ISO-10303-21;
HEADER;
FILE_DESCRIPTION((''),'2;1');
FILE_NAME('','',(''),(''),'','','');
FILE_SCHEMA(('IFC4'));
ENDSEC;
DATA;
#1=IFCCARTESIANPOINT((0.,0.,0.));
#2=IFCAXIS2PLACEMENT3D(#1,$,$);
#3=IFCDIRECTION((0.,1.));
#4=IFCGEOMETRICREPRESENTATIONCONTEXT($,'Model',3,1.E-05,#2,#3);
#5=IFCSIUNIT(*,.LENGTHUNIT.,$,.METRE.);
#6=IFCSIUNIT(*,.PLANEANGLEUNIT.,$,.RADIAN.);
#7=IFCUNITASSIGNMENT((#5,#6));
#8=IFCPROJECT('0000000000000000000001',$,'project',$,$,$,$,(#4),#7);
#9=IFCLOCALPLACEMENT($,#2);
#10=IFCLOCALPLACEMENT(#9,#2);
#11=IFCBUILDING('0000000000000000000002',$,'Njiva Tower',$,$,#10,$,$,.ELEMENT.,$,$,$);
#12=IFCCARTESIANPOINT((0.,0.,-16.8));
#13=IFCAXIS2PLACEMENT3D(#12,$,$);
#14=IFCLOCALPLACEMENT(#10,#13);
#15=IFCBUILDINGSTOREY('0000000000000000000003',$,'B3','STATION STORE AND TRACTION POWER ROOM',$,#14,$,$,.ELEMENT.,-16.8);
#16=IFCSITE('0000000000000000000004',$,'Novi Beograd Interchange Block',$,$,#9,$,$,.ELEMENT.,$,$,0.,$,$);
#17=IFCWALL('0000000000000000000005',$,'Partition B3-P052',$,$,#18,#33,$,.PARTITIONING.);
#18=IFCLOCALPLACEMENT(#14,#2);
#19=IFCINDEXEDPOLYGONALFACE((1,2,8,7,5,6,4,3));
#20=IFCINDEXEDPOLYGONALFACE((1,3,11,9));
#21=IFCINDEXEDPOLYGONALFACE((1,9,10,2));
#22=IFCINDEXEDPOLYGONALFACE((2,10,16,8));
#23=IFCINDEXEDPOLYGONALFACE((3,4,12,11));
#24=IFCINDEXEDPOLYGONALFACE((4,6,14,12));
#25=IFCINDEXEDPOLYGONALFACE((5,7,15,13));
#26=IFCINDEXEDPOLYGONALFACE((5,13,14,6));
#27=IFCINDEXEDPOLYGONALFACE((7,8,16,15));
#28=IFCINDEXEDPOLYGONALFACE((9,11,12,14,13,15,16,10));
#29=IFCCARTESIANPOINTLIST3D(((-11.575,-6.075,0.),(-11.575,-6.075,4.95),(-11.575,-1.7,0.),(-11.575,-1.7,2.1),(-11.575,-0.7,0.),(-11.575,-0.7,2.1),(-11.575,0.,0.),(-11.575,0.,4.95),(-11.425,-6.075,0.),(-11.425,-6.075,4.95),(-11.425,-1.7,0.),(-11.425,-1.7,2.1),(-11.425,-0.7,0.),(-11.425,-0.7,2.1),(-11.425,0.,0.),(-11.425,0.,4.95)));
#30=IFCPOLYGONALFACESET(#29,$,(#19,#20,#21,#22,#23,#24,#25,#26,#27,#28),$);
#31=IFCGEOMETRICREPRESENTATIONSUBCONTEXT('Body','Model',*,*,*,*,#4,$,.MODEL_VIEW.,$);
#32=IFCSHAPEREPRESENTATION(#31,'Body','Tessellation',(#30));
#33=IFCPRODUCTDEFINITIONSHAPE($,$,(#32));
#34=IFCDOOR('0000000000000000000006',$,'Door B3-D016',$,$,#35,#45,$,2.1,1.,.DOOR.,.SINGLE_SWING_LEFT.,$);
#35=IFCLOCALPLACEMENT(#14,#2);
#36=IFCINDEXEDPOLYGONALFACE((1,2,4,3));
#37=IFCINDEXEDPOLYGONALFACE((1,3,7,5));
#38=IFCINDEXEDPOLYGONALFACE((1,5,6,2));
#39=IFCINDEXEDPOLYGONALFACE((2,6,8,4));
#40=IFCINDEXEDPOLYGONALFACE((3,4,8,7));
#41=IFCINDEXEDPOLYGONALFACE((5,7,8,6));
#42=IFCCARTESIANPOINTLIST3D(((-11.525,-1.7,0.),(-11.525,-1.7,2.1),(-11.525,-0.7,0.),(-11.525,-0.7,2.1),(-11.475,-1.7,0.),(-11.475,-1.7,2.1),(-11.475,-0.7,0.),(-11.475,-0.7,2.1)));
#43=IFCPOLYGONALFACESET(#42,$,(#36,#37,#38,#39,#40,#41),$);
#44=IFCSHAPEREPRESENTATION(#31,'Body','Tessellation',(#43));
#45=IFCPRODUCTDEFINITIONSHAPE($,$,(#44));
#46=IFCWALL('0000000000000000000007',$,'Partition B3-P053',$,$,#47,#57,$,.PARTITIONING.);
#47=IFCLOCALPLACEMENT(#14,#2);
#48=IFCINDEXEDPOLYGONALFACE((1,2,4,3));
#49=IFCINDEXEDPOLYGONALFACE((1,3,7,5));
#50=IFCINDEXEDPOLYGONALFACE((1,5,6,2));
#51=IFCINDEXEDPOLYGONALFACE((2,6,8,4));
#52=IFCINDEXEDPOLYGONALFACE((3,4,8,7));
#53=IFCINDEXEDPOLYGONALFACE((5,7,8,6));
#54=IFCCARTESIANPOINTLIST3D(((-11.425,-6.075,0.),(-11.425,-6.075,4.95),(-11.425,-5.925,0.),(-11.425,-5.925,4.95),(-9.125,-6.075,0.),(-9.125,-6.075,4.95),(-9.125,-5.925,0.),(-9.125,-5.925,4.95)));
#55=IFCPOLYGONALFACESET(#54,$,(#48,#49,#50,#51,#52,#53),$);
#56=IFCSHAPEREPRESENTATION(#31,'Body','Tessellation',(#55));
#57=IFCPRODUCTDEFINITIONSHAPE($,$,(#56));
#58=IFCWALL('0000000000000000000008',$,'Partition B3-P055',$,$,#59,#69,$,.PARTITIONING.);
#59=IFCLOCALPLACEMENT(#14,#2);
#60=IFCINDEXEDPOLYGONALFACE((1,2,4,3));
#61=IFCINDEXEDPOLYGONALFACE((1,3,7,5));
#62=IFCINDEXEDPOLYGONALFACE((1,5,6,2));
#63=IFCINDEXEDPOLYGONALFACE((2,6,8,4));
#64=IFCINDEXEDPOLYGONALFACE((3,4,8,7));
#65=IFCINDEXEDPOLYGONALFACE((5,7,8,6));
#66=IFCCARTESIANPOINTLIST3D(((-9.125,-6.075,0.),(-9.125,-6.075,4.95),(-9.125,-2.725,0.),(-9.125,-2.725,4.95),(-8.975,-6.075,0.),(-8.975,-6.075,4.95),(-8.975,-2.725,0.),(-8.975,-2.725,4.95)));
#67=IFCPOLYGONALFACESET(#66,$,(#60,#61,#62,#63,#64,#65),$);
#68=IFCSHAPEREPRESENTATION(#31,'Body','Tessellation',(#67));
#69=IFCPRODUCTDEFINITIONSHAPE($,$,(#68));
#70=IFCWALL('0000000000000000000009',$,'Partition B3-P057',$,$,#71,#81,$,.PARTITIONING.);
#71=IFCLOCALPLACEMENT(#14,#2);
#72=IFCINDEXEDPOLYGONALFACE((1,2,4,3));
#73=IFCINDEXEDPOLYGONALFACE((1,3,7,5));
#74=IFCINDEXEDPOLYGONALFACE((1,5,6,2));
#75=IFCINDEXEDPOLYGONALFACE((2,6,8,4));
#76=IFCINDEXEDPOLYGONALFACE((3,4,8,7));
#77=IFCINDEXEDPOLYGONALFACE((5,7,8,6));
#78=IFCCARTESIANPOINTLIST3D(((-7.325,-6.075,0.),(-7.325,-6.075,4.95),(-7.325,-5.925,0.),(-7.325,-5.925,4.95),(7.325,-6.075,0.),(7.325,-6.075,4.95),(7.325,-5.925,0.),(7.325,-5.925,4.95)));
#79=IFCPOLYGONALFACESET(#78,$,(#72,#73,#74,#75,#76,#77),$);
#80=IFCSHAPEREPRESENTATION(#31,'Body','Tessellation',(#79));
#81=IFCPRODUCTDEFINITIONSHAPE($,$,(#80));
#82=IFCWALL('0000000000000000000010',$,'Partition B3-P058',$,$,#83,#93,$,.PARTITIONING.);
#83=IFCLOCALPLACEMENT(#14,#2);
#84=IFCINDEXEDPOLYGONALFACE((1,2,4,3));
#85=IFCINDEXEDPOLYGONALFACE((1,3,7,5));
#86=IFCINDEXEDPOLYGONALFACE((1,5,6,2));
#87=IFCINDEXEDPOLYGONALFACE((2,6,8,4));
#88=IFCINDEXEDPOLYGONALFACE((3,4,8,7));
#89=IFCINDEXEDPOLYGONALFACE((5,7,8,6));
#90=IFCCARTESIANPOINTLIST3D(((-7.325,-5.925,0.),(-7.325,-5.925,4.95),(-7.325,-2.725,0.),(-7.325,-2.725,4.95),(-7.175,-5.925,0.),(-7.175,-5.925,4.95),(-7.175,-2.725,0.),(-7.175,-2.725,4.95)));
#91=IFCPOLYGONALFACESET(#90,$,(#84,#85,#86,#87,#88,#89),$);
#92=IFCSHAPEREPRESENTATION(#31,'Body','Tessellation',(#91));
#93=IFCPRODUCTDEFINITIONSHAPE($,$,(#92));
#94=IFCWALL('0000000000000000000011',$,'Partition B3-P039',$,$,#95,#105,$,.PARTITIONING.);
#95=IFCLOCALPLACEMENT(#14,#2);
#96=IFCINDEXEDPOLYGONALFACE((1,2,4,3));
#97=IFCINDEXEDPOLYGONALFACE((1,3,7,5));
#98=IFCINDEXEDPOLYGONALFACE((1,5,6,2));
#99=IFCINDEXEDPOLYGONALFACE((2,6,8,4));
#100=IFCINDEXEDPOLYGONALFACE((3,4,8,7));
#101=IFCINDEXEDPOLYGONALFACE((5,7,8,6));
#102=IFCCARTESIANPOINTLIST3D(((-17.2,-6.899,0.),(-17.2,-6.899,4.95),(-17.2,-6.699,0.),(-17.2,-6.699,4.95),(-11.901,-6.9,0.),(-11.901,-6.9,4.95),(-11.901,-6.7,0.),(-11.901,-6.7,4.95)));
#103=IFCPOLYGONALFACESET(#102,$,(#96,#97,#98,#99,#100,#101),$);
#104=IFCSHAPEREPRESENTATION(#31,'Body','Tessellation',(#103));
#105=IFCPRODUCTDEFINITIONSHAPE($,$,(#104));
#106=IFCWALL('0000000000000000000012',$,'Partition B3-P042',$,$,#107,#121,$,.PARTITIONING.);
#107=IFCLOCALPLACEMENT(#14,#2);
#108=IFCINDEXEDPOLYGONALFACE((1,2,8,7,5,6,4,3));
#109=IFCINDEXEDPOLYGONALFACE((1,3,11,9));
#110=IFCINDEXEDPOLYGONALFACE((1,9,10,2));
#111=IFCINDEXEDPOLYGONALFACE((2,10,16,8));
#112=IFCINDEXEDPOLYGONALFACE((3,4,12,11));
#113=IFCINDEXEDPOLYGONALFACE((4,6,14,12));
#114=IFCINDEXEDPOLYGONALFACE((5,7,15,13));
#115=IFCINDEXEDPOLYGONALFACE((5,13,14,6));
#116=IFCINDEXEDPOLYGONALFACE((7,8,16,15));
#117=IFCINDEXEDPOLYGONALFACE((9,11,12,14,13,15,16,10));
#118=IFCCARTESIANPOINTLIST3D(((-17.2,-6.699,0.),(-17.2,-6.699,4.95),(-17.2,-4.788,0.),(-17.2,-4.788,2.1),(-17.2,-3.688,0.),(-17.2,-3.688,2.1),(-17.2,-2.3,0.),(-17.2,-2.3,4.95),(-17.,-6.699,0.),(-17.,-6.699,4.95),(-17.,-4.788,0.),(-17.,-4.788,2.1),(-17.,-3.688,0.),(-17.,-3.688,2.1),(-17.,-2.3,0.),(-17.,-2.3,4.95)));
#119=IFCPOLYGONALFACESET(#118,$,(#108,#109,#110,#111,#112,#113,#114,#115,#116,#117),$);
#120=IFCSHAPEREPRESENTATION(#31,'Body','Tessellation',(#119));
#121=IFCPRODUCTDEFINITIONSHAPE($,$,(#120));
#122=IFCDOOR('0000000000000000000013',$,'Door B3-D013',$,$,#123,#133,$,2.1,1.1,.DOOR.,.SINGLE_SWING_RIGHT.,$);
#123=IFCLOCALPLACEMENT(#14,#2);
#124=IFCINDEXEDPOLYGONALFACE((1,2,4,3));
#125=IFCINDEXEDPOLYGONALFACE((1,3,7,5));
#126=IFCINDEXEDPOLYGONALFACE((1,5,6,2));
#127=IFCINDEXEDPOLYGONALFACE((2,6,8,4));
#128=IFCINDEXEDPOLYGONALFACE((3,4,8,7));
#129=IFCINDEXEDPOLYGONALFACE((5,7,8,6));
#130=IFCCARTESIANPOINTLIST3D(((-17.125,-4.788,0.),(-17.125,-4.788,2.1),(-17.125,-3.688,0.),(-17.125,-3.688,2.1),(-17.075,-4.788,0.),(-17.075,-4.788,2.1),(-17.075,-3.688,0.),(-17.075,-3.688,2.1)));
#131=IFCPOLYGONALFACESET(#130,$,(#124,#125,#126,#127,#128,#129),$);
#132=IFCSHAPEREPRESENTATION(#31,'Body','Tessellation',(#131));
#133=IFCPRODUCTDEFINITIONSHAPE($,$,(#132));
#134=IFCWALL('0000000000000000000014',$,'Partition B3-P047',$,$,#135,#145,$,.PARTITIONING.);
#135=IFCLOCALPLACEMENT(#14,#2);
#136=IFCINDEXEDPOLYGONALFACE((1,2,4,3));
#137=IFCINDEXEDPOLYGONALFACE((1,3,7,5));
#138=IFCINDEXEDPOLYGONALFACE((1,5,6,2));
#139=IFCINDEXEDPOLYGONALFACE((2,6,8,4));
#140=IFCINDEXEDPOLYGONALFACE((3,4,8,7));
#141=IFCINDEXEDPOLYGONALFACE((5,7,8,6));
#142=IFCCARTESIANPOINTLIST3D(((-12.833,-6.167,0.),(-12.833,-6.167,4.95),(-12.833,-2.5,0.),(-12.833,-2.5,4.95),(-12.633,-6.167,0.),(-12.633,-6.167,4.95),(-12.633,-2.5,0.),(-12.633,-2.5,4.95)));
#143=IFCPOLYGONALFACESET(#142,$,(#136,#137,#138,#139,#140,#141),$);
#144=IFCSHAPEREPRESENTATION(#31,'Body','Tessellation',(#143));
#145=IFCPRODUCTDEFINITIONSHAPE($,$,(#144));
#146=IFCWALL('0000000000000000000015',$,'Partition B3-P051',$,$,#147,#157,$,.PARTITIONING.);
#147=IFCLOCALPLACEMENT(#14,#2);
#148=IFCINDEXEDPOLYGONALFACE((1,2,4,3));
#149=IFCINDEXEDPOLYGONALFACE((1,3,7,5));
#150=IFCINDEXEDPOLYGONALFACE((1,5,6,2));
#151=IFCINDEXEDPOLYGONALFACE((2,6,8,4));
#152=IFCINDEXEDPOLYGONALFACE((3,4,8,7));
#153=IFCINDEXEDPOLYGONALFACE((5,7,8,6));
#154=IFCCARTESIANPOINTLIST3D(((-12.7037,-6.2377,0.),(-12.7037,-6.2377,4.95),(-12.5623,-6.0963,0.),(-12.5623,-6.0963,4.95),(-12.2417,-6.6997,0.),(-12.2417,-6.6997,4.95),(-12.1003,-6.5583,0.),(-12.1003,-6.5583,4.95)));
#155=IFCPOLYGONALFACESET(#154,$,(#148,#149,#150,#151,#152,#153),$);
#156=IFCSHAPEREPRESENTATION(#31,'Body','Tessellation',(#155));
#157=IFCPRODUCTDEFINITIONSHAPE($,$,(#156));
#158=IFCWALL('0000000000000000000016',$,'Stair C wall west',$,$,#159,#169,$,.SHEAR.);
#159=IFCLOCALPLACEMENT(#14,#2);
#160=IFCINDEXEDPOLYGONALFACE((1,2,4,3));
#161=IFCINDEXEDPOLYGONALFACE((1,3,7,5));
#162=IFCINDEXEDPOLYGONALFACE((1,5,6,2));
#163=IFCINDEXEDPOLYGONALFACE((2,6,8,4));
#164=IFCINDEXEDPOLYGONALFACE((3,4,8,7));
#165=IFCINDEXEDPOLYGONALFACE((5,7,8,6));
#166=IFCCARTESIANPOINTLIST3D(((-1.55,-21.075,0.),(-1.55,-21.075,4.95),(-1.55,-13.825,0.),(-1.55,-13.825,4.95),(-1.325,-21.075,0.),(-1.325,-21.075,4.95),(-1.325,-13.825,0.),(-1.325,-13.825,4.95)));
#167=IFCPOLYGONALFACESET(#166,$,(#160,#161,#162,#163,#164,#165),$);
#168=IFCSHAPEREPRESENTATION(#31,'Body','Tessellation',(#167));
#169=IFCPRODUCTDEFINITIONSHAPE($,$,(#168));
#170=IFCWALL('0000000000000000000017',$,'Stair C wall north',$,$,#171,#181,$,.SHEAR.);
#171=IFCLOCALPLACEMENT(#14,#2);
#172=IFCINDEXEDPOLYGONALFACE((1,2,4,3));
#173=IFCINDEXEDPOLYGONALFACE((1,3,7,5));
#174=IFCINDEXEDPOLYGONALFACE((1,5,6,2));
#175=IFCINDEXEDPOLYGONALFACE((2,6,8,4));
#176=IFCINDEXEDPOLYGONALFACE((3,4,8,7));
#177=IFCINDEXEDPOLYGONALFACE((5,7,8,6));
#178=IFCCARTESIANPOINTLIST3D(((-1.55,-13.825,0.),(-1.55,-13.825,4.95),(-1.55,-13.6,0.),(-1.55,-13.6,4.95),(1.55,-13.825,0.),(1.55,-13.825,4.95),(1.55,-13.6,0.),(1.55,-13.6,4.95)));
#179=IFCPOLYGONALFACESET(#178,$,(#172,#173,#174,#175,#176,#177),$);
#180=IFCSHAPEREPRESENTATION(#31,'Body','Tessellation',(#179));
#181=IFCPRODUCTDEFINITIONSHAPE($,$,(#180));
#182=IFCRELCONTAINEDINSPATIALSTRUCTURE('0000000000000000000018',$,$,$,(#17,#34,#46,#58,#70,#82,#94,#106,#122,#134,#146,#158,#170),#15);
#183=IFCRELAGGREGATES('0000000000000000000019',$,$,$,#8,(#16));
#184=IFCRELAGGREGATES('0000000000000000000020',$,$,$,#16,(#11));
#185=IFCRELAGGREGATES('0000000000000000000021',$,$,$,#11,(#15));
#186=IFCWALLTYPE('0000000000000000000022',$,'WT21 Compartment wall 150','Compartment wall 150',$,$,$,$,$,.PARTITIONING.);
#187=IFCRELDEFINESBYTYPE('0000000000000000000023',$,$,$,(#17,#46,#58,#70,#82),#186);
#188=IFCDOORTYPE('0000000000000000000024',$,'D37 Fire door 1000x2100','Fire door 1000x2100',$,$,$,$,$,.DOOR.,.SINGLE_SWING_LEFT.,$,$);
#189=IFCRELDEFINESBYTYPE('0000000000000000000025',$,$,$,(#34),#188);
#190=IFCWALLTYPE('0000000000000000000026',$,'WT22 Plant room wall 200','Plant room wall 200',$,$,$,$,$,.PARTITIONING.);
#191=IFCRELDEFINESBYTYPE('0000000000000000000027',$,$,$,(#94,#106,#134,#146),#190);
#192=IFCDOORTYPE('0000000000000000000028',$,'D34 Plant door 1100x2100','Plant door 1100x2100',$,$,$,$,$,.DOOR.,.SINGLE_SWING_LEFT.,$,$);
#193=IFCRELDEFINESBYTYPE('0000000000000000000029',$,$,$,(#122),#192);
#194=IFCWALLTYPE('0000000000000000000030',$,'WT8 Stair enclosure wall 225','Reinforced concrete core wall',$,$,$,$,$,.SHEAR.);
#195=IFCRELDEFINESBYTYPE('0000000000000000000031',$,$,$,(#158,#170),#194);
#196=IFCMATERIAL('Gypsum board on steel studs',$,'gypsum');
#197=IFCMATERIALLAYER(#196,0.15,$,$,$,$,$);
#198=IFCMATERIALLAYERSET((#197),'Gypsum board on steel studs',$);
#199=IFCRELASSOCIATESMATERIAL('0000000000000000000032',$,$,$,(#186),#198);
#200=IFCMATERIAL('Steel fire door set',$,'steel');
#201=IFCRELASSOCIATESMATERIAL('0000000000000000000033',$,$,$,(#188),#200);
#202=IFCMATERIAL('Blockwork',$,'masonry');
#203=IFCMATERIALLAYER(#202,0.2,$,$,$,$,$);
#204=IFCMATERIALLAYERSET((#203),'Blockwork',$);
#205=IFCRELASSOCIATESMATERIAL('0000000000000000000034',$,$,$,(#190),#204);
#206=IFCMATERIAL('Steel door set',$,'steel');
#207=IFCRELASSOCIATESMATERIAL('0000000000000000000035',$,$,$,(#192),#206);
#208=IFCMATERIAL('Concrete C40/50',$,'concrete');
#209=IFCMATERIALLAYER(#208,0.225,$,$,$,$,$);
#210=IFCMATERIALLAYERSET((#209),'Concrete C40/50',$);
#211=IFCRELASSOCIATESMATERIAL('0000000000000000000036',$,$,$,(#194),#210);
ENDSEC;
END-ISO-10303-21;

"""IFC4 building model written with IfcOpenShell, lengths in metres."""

from ifc_helpers import new_model, si_unit, direction, frame, frame_2d, origin, place, context, subcontext, project, spatial, rectangle, extrude, material, layer, layer_set, type_object, element, fill, save


model = new_model("IFC4")

# Units and contexts
model_context = context("Model", 3, precision=1e-05, world=origin(), true_north=direction((0.0, 1.0)))
body_context = subcontext(model_context, "Body", "Model", "MODEL_VIEW")
ifc_project = project(units=[si_unit("LENGTHUNIT", "METRE"), si_unit("PLANEANGLEUNIT", "RADIAN")], contexts=[model_context])

# Site, building, storey
site_placement = place(None, origin())
site = spatial("IfcSite", under=ifc_project, at=site_placement, Name="Novi Beograd Interchange Block", CompositionType="ELEMENT", RefElevation=0.0)
building_placement = place(site_placement, origin())
building = spatial("IfcBuilding", under=site, at=building_placement, Name="Njiva Tower", CompositionType="ELEMENT")
storey_placement = place(building_placement, frame((0.0, 0.0, -16.8)))
storey = spatial("IfcBuildingStorey", under=building, at=storey_placement, Name="B3", Description="STATION STORE AND TRACTION POWER ROOM", CompositionType="ELEMENT", Elevation=-16.8)

# Wall, opening, door
ifc_material_1 = material(Name="Gypsum board on steel studs", Category="gypsum")
ifc_layer_1 = layer(ifc_material_1, 0.15)
ifc_layer_set_1 = layer_set([ifc_layer_1], Name="Gypsum board on steel studs")
wall_type_1 = type_object("IfcWallType", Name="WT21 Compartment wall 150", Description="Compartment wall 150", PredefinedType="PARTITIONING", material=ifc_layer_set_1)
wall_1_placement = place(storey_placement, frame((-11.5, -6.075, 0.0), z_axis=(0.0, 0.0, 1.0), x_axis=(0.0, 1.0, 0.0)))
wall_1 = element("IfcWall", 1, at=wall_1_placement, inside=storey, type_object=wall_type_1, Name="Partition B3-P052", PredefinedType="PARTITIONING", context=body_context, shape_type="SweptSolid", body=[
    extrude(rectangle(XDim=6.075, YDim=0.15, at=frame_2d((3.0375, 0.0))), origin(), (0.0, 0.0, 1.0), 4.95),
])
opening_1_placement = place(wall_1_placement, frame((4.375, 0.0, 0.0)))
opening_1 = element("IfcOpeningElement", 2, at=opening_1_placement, cuts=wall_1, PredefinedType="OPENING", context=body_context, shape_type="SweptSolid", body=[
    extrude(rectangle(XDim=1.0, YDim=2.1, at=frame_2d((0.5, 1.05))), frame((0.0, 0.085, 0.0), z_axis=(0.0, -1.0, 0.0), x_axis=(1.0, 0.0, 0.0)), (0.0, 0.0, 1.0), 0.17),
])
ifc_material_2 = material(Name="Steel fire door set", Category="steel")
door_type_1 = type_object("IfcDoorType", Name="D37 Fire door 1000x2100", Description="Fire door 1000x2100", OperationType="SINGLE_SWING_LEFT", PredefinedType="DOOR", material=ifc_material_2)
door_1_placement = place(opening_1_placement, origin())
door_1 = element("IfcDoor", 3, at=door_1_placement, inside=storey, type_object=door_type_1, Name="Door B3-D016", OperationType="SINGLE_SWING_LEFT", OverallHeight=2.1, OverallWidth=1.0, PredefinedType="DOOR", context=body_context, shape_type="SweptSolid", body=[
    extrude(rectangle(XDim=1.0, YDim=2.1, at=frame_2d((0.5, 1.05))), frame((0.0, 0.025, 0.0), z_axis=(0.0, -1.0, 0.0), x_axis=(1.0, 0.0, 0.0)), (0.0, 0.0, 1.0), 0.05),
])
fill(opening_1, door_1)

# Walls
wall_2_placement = place(storey_placement, frame((-11.425, -6.0, 0.0), z_axis=(0.0, 0.0, 1.0), x_axis=(1.0, 0.0, 0.0)))
element("IfcWall", 4, at=wall_2_placement, inside=storey, type_object=wall_type_1, Name="Partition B3-P053", PredefinedType="PARTITIONING", context=body_context, shape_type="SweptSolid", body=[
    extrude(rectangle(XDim=2.3, YDim=0.15, at=frame_2d((1.15, 0.0))), origin(), (0.0, 0.0, 1.0), 4.95),
])
wall_3_placement = place(storey_placement, frame((-9.05, -6.075, 0.0), z_axis=(0.0, 0.0, 1.0), x_axis=(0.0, 1.0, 0.0)))
element("IfcWall", 5, at=wall_3_placement, inside=storey, type_object=wall_type_1, Name="Partition B3-P055", PredefinedType="PARTITIONING", context=body_context, shape_type="SweptSolid", body=[
    extrude(rectangle(XDim=3.35, YDim=0.15, at=frame_2d((1.675, 0.0))), origin(), (0.0, 0.0, 1.0), 4.95),
])
wall_4_placement = place(storey_placement, frame((-7.325, -6.0, 0.0), z_axis=(0.0, 0.0, 1.0), x_axis=(1.0, 0.0, 0.0)))
element("IfcWall", 6, at=wall_4_placement, inside=storey, type_object=wall_type_1, Name="Partition B3-P057", PredefinedType="PARTITIONING", context=body_context, shape_type="SweptSolid", body=[
    extrude(rectangle(XDim=14.65, YDim=0.15, at=frame_2d((7.325, 0.0))), origin(), (0.0, 0.0, 1.0), 4.95),
])
wall_5_placement = place(storey_placement, frame((-7.25, -5.925, 0.0), z_axis=(0.0, 0.0, 1.0), x_axis=(0.0, 1.0, 0.0)))
element("IfcWall", 7, at=wall_5_placement, inside=storey, type_object=wall_type_1, Name="Partition B3-P058", PredefinedType="PARTITIONING", context=body_context, shape_type="SweptSolid", body=[
    extrude(rectangle(XDim=3.2, YDim=0.15, at=frame_2d((1.6, 0.0))), origin(), (0.0, 0.0, 1.0), 4.95),
])
ifc_material_3 = material(Name="Blockwork", Category="masonry")
ifc_layer_2 = layer(ifc_material_3, 0.2)
ifc_layer_set_2 = layer_set([ifc_layer_2], Name="Blockwork")
wall_type_2 = type_object("IfcWallType", Name="WT22 Plant room wall 200", Description="Plant room wall 200", PredefinedType="PARTITIONING", material=ifc_layer_set_2)
wall_6_placement = place(storey_placement, frame((-17.2, -6.799, 0.0), z_axis=(0.0, 0.0, 1.0), x_axis=(1.0, -0.000189, 0.0)))
element("IfcWall", 8, at=wall_6_placement, inside=storey, type_object=wall_type_2, Name="Partition B3-P039", PredefinedType="PARTITIONING", context=body_context, shape_type="SweptSolid", body=[
    extrude(rectangle(XDim=5.299, YDim=0.2, at=frame_2d((2.6495, 0.0))), origin(), (0.0, 0.0, 1.0), 4.95),
])

# Wall, opening, door
wall_7_placement = place(storey_placement, frame((-17.1, -6.699, 0.0), z_axis=(0.0, 0.0, 1.0), x_axis=(0.0, 1.0, 0.0)))
wall_7 = element("IfcWall", 9, at=wall_7_placement, inside=storey, type_object=wall_type_2, Name="Partition B3-P042", PredefinedType="PARTITIONING", context=body_context, shape_type="SweptSolid", body=[
    extrude(rectangle(XDim=4.399, YDim=0.2, at=frame_2d((2.1995, 0.0))), origin(), (0.0, 0.0, 1.0), 4.95),
])
opening_2_placement = place(wall_7_placement, frame((1.911, 0.0, 0.0)))
opening_2 = element("IfcOpeningElement", 10, at=opening_2_placement, cuts=wall_7, PredefinedType="OPENING", context=body_context, shape_type="SweptSolid", body=[
    extrude(rectangle(XDim=1.1, YDim=2.1, at=frame_2d((0.55, 1.05))), frame((0.0, 0.11, 0.0), z_axis=(0.0, -1.0, 0.0), x_axis=(1.0, 0.0, 0.0)), (0.0, 0.0, 1.0), 0.22),
])
ifc_material_4 = material(Name="Steel door set", Category="steel")
door_type_2 = type_object("IfcDoorType", Name="D34 Plant door 1100x2100", Description="Plant door 1100x2100", OperationType="SINGLE_SWING_LEFT", PredefinedType="DOOR", material=ifc_material_4)
door_2_placement = place(opening_2_placement, origin())
door_2 = element("IfcDoor", 11, at=door_2_placement, inside=storey, type_object=door_type_2, Name="Door B3-D013", OperationType="SINGLE_SWING_RIGHT", OverallHeight=2.1, OverallWidth=1.1, PredefinedType="DOOR", context=body_context, shape_type="SweptSolid", body=[
    extrude(rectangle(XDim=1.1, YDim=2.1, at=frame_2d((0.55, 1.05))), frame((0.0, 0.025, 0.0), z_axis=(0.0, -1.0, 0.0), x_axis=(1.0, 0.0, 0.0)), (0.0, 0.0, 1.0), 0.05),
])
fill(opening_2, door_2)

# Walls
wall_8_placement = place(storey_placement, frame((-12.733, -6.167, 0.0), z_axis=(0.0, 0.0, 1.0), x_axis=(0.0, 1.0, 0.0)))
element("IfcWall", 12, at=wall_8_placement, inside=storey, type_object=wall_type_2, Name="Partition B3-P047", PredefinedType="PARTITIONING", context=body_context, shape_type="SweptSolid", body=[
    extrude(rectangle(XDim=3.667, YDim=0.2, at=frame_2d((1.8335, 0.0))), origin(), (0.0, 0.0, 1.0), 4.95),
])
wall_9_placement = place(storey_placement, frame((-12.633, -6.167, 0.0), z_axis=(0.0, 0.0, 1.0), x_axis=(0.707107, -0.707107, 0.0)))
element("IfcWall", 13, at=wall_9_placement, inside=storey, type_object=wall_type_2, Name="Partition B3-P051", PredefinedType="PARTITIONING", context=body_context, shape_type="SweptSolid", body=[
    extrude(rectangle(XDim=0.6534, YDim=0.2, at=frame_2d((0.3267, 0.0))), origin(), (0.0, 0.0, 1.0), 4.95),
])
ifc_material_5 = material(Name="Concrete C40/50", Category="concrete")
ifc_layer_3 = layer(ifc_material_5, 0.225)
ifc_layer_set_3 = layer_set([ifc_layer_3], Name="Concrete C40/50")
wall_type_3 = type_object("IfcWallType", Name="WT8 Stair enclosure wall 225", Description="Reinforced concrete core wall", PredefinedType="SHEAR", material=ifc_layer_set_3)
wall_10_placement = place(storey_placement, frame((-1.4375, -21.075, 0.0), z_axis=(0.0, 0.0, 1.0), x_axis=(0.0, 1.0, 0.0)))
element("IfcWall", 14, at=wall_10_placement, inside=storey, type_object=wall_type_3, Name="Stair C wall west", PredefinedType="SHEAR", context=body_context, shape_type="SweptSolid", body=[
    extrude(rectangle(XDim=7.25, YDim=0.225, at=frame_2d((3.625, 0.0))), origin(), (0.0, 0.0, 1.0), 4.95),
])
wall_11_placement = place(storey_placement, frame((-1.55, -13.7125, 0.0), z_axis=(0.0, 0.0, 1.0), x_axis=(1.0, 0.0, 0.0)))
element("IfcWall", 15, at=wall_11_placement, inside=storey, type_object=wall_type_3, Name="Stair C wall north", PredefinedType="SHEAR", context=body_context, shape_type="SweptSolid", body=[
    extrude(rectangle(XDim=3.1, YDim=0.225, at=frame_2d((1.55, 0.0))), origin(), (0.0, 0.0, 1.0), 4.95),
])

save(model, "model.ifc")
